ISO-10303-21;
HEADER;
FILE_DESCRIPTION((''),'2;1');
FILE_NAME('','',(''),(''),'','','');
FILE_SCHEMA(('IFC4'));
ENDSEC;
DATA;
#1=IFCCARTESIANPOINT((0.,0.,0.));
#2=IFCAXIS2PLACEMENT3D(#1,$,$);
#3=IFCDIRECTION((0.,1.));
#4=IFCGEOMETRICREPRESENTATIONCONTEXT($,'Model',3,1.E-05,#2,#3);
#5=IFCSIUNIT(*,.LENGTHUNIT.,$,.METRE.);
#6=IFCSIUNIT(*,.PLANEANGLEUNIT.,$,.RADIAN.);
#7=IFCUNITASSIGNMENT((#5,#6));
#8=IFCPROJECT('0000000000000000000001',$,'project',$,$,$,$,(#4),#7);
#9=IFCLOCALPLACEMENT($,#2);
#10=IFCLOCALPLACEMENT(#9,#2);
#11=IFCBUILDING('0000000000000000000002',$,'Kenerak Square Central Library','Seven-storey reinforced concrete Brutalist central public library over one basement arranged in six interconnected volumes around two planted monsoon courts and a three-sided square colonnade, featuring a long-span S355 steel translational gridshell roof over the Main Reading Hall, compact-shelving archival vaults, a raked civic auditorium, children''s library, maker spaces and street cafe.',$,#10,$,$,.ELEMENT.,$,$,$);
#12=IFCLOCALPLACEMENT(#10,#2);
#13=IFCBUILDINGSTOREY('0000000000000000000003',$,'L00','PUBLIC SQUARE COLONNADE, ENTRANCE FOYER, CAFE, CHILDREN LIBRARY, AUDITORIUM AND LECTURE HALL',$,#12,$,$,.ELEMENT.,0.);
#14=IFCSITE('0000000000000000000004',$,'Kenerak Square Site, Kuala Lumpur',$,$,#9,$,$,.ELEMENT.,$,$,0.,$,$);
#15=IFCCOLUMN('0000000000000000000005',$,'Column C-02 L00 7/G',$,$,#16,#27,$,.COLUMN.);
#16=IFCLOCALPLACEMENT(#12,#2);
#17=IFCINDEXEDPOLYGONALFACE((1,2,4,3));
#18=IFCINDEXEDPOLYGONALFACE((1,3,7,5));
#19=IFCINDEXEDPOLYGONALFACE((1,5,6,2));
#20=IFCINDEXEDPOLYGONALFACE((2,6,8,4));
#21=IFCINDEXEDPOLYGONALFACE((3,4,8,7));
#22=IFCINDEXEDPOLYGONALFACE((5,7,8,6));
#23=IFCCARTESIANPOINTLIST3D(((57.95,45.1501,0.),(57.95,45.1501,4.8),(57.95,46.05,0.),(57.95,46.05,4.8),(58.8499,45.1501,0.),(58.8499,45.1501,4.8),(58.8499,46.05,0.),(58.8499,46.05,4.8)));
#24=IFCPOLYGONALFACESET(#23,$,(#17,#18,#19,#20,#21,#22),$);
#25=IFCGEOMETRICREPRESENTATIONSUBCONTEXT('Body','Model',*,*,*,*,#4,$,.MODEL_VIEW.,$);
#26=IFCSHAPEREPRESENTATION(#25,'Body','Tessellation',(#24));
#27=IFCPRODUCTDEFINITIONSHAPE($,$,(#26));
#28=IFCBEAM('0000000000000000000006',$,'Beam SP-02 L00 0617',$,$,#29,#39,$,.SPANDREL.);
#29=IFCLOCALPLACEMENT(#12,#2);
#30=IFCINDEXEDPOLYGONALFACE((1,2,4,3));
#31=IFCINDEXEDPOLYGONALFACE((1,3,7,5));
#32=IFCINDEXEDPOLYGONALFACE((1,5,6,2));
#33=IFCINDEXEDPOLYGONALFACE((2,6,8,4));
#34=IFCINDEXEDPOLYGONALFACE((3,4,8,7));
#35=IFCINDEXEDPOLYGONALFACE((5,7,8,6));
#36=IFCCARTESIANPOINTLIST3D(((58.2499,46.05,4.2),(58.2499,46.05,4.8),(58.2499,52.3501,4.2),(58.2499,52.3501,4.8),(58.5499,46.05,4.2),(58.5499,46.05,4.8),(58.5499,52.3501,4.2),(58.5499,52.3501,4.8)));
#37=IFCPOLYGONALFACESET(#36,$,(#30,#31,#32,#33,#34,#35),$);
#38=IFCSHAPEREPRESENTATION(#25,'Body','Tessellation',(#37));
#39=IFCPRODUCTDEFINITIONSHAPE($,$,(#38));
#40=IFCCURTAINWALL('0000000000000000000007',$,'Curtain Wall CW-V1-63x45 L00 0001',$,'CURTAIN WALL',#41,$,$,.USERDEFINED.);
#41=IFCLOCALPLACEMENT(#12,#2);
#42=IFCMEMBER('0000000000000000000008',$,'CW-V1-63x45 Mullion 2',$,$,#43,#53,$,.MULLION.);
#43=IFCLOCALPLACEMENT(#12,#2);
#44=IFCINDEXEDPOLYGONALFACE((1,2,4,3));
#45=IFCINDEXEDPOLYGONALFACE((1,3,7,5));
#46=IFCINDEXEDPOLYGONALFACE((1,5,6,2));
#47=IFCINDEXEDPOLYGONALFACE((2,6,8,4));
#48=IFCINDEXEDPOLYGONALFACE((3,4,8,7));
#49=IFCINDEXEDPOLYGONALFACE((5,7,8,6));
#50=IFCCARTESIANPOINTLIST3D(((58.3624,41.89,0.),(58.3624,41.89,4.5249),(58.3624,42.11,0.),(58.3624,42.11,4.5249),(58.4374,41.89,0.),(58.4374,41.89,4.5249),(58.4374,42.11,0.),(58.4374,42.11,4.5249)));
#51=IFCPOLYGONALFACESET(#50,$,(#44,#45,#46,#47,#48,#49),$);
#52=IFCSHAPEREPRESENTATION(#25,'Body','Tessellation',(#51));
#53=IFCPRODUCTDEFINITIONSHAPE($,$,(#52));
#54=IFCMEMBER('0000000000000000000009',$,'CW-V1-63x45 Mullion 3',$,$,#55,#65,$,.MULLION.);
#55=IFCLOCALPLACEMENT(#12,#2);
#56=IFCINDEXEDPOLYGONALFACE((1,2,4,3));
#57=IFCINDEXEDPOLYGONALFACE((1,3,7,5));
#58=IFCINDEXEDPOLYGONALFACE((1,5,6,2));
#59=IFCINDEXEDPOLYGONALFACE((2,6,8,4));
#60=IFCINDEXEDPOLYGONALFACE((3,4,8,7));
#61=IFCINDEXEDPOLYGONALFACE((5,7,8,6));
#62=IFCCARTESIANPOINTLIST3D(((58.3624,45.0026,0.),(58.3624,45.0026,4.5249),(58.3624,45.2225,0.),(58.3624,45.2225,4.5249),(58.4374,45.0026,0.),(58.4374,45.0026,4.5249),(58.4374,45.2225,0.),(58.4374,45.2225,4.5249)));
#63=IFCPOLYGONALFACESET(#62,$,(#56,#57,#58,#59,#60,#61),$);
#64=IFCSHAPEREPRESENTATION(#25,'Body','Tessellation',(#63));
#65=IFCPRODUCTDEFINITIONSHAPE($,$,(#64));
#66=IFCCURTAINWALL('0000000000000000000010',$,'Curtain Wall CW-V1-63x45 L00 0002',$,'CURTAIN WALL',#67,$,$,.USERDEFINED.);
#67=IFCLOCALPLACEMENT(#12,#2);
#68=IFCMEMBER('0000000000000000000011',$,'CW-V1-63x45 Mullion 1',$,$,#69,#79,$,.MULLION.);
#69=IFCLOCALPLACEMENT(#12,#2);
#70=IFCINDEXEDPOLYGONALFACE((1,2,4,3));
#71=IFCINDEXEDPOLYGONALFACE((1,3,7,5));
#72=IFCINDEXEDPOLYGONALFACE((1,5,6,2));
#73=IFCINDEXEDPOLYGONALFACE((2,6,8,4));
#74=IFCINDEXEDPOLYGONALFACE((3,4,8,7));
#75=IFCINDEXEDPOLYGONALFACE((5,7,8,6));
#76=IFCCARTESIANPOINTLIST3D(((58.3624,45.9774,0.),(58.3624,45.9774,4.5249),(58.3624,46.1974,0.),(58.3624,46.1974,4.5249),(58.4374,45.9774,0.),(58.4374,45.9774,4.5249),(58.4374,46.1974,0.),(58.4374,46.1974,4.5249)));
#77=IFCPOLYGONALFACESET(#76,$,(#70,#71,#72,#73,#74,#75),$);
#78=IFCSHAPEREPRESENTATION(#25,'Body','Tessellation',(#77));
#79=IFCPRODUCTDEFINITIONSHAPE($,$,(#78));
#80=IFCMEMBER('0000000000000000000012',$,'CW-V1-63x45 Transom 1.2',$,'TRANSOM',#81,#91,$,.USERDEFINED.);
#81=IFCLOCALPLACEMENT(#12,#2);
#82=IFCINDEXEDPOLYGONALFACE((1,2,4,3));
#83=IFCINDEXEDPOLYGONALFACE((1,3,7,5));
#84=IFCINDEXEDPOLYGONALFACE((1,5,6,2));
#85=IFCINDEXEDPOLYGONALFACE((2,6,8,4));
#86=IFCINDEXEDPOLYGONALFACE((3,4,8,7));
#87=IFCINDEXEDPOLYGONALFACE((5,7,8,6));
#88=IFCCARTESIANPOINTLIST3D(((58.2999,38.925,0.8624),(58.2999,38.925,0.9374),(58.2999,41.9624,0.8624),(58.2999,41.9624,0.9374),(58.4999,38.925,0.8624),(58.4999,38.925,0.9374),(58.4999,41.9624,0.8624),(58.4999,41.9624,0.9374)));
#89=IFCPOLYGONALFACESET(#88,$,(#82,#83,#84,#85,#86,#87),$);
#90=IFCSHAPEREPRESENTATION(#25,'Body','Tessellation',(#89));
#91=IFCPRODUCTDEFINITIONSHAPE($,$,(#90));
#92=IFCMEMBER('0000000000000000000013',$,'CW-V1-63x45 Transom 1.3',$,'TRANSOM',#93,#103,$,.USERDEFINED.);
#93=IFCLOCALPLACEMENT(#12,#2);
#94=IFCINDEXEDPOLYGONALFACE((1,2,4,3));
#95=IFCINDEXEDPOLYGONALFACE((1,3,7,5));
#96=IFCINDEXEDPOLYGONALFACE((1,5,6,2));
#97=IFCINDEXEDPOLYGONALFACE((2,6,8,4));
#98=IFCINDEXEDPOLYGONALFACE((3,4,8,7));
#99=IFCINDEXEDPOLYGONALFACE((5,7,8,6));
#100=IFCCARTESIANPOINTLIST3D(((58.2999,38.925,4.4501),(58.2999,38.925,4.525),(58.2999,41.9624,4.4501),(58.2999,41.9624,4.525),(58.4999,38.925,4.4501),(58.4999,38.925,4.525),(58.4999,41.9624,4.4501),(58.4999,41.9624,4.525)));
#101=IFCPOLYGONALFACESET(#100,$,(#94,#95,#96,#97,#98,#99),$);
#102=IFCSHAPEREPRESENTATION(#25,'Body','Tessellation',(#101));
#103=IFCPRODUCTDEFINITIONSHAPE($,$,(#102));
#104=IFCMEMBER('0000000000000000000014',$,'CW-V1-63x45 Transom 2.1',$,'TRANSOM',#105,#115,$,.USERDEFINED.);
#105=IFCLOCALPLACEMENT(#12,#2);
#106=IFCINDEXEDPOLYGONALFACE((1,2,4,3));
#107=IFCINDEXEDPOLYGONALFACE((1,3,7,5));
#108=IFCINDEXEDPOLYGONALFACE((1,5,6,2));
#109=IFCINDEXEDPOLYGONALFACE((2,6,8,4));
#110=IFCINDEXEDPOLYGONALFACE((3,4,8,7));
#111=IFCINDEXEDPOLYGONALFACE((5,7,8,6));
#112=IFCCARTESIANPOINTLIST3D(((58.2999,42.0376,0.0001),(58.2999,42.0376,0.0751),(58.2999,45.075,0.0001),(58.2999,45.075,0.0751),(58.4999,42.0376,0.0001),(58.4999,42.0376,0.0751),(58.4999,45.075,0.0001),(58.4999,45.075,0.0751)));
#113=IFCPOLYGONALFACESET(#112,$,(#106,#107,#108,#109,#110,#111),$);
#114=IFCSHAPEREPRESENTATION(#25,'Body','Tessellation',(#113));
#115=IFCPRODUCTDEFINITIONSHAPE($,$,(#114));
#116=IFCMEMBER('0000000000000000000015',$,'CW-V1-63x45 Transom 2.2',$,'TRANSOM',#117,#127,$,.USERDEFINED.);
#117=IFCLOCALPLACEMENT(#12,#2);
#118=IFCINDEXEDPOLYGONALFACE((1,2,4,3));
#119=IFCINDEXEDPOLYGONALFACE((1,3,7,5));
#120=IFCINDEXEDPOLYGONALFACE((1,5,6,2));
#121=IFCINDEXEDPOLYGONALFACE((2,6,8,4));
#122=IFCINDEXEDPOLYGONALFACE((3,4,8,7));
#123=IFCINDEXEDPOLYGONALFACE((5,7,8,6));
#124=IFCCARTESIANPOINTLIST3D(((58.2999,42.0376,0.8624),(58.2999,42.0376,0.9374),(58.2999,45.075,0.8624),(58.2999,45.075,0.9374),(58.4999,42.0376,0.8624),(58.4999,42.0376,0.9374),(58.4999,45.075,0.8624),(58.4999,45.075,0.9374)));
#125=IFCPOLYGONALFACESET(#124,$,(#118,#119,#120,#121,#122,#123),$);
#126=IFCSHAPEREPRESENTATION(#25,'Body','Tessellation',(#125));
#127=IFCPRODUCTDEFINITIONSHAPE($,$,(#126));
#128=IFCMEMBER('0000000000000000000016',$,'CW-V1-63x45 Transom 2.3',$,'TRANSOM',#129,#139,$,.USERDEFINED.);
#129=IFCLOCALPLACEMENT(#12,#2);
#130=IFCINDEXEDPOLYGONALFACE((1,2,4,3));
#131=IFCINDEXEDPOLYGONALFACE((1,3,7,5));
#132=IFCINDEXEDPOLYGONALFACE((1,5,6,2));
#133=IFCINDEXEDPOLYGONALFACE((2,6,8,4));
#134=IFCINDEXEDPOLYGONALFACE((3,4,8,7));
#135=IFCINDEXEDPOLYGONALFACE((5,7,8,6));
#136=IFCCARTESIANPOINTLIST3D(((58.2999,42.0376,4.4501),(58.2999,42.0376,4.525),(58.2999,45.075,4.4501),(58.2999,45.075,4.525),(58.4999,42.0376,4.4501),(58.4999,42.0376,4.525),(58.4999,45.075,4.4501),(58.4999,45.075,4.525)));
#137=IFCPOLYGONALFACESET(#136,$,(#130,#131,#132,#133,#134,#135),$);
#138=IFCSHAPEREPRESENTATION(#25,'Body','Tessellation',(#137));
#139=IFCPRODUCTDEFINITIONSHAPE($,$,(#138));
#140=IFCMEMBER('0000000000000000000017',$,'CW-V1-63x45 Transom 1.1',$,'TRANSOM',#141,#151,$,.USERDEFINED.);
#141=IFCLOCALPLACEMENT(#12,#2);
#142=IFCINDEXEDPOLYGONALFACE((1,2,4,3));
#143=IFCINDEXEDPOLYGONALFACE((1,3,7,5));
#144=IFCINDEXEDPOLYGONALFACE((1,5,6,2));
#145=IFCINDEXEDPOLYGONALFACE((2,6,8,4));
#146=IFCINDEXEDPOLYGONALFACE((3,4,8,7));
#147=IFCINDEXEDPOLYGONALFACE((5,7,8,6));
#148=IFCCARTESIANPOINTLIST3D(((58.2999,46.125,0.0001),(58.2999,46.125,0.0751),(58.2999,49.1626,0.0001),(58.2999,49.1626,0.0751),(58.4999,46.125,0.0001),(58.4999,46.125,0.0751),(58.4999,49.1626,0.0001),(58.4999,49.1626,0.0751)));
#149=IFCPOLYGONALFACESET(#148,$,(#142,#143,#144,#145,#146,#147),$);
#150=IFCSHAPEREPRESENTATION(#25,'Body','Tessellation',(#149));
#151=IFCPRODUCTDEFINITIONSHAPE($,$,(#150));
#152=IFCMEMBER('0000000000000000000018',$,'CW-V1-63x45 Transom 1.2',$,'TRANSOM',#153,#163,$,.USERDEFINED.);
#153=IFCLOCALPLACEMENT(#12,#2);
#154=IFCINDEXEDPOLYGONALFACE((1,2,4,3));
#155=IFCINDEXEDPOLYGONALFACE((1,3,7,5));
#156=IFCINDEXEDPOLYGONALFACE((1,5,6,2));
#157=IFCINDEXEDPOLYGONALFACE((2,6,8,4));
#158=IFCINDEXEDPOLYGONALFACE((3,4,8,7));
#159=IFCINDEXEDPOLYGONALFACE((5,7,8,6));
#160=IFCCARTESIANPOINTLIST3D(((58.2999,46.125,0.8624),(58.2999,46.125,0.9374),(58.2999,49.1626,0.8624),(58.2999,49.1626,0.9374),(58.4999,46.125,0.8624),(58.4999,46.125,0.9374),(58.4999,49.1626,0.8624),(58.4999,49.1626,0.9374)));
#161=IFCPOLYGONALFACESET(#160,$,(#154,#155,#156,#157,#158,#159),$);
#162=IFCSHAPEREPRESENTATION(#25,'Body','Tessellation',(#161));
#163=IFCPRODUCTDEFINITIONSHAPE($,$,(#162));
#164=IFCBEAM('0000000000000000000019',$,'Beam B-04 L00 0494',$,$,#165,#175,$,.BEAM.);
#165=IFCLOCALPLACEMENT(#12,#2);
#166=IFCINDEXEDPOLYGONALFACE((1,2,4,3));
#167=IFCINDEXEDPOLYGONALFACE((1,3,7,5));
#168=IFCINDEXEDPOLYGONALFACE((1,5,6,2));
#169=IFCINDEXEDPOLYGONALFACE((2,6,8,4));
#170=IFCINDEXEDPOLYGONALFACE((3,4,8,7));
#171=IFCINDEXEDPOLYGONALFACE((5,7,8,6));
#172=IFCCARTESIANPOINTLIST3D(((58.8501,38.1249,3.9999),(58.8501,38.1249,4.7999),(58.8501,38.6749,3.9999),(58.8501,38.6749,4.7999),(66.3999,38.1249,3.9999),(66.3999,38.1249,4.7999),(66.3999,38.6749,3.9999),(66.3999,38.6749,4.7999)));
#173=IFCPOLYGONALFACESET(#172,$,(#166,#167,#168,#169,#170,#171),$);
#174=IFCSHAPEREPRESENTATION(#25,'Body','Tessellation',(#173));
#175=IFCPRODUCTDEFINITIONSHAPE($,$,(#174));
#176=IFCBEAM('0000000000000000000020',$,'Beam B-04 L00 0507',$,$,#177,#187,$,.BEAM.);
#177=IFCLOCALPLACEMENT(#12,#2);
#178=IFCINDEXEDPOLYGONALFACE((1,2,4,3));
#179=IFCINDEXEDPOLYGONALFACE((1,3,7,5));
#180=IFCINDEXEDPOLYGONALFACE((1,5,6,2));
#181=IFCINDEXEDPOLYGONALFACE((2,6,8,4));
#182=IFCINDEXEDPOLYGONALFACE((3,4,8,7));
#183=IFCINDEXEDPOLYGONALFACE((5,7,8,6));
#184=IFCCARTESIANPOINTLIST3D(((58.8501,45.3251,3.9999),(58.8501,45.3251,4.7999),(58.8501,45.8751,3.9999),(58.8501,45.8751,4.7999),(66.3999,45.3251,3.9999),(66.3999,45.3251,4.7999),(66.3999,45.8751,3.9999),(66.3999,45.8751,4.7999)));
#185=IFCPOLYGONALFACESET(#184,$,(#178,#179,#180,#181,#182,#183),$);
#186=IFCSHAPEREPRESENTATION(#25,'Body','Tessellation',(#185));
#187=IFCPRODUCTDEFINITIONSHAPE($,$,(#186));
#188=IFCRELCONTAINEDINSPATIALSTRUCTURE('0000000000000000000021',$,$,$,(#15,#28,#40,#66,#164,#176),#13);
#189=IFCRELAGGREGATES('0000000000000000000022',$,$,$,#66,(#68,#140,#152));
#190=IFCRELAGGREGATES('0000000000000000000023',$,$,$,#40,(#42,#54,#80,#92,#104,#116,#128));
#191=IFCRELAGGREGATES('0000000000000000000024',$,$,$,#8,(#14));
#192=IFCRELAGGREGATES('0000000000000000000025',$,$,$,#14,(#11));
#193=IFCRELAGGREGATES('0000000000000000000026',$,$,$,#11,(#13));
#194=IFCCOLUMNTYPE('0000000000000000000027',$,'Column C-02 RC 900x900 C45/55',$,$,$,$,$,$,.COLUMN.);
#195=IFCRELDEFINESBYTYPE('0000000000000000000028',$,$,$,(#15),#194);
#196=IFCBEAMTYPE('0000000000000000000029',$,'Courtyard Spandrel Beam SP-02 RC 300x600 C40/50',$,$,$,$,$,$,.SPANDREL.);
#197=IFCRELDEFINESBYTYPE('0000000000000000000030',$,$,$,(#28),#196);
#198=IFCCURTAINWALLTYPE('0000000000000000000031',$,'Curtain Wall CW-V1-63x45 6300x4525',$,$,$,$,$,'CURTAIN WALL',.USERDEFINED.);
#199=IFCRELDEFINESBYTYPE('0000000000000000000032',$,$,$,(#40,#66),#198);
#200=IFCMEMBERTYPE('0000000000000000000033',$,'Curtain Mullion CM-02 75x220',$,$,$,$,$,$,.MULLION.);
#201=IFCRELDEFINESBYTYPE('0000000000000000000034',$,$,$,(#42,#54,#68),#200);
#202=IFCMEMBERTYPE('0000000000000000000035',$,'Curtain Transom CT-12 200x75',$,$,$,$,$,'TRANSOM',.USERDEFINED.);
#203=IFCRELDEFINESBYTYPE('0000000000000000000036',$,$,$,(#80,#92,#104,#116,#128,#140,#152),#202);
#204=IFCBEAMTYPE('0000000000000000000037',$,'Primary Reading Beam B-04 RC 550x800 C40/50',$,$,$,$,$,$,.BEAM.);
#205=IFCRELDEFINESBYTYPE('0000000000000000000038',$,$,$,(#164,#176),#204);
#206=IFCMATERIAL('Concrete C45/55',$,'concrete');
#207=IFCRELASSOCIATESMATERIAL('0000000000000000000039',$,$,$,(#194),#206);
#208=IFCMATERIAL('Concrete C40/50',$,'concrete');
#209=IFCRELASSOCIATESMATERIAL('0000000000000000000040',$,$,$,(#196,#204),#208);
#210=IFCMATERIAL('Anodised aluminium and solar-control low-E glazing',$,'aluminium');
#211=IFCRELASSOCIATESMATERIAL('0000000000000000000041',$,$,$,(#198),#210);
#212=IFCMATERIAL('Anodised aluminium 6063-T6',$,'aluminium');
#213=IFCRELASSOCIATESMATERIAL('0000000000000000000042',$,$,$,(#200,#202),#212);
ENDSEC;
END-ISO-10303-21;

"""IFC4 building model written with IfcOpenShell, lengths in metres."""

from ifc_helpers import new_model, si_unit, direction, frame, origin, origin_2d, place, context, subcontext, project, spatial, rectangle, extrude, material, material_profile, profile_set, type_object, element, aggregate, save


model = new_model("IFC4")

# Units and contexts
model_context = context("Model", 3, precision=1e-05, world=origin(), true_north=direction((0.0, 1.0)))
body_context = subcontext(model_context, "Body", "Model", "MODEL_VIEW")
ifc_project = project(units=[si_unit("LENGTHUNIT", "METRE"), si_unit("PLANEANGLEUNIT", "RADIAN")], contexts=[model_context])

# Site, building, storey
site_placement = place(None, origin())
site = spatial("IfcSite", under=ifc_project, at=site_placement, Name="Kenerak Square Site, Kuala Lumpur", CompositionType="ELEMENT", RefElevation=0.0)
building_placement = place(site_placement, origin())
building = spatial("IfcBuilding", under=site, at=building_placement, Name="Kenerak Square Central Library", Description="Seven-storey reinforced concrete Brutalist central public library over one basement arranged in six interconnected volumes around two planted monsoon courts and a three-sided square colonnade, featuring a long-span S355 steel translational gridshell roof over the Main Reading Hall, compact-shelving archival vaults, a raked civic auditorium, children's library, maker spaces and street cafe.", CompositionType="ELEMENT")
storey_placement = place(building_placement, origin())
storey = spatial("IfcBuildingStorey", under=building, at=storey_placement, Name="L00", Description="PUBLIC SQUARE COLONNADE, ENTRANCE FOYER, CAFE, CHILDREN LIBRARY, AUDITORIUM AND LECTURE HALL", CompositionType="ELEMENT", Elevation=0.0)

# Column
ifc_material_1 = material(Name="Concrete C45/55", Category="concrete")
ifc_material_profile_1 = material_profile(ifc_material_1, rectangle(XDim=0.8999, YDim=0.8999, at=origin_2d()), Name="RC 900x900")
ifc_profile_set_1 = profile_set([ifc_material_profile_1], Name="Concrete C45/55")
column_type = type_object("IfcColumnType", Name="Column C-02 RC 900x900 C45/55", PredefinedType="COLUMN", material=ifc_profile_set_1)
column_placement = place(storey_placement, frame((58.3999, 45.6001, 0.0), z_axis=(0.0, 0.0, 1.0), x_axis=(1.0, 0.0, 0.0)))
element("IfcColumn", 1, at=column_placement, inside=storey, type_object=column_type, Name="Column C-02 L00 7/G", PredefinedType="COLUMN", context=body_context, shape_type="SweptSolid", body=[
    extrude(rectangle(XDim=0.8999, YDim=0.8999, at=origin_2d()), origin(), (0.0, 0.0, 1.0), 4.8),
])

# Beam
ifc_material_2 = material(Name="Concrete C40/50", Category="concrete")
ifc_material_profile_2 = material_profile(ifc_material_2, rectangle(XDim=0.3, YDim=0.6001, at=origin_2d()), Name="RC 300x600")
ifc_profile_set_2 = profile_set([ifc_material_profile_2], Name="Concrete C40/50")
beam_type_1 = type_object("IfcBeamType", Name="Courtyard Spandrel Beam SP-02 RC 300x600 C40/50", PredefinedType="SPANDREL", material=ifc_profile_set_2)
beam_1_placement = place(storey_placement, frame((58.3999, 46.05, 4.5), z_axis=(0.0, 1.0, 0.0), x_axis=(-1.0, 0.0, 0.0)))
element("IfcBeam", 2, at=beam_1_placement, inside=storey, type_object=beam_type_1, Name="Beam SP-02 L00 0617", PredefinedType="SPANDREL", context=body_context, shape_type="SweptSolid", body=[
    extrude(rectangle(XDim=0.3, YDim=0.6001, at=origin_2d()), origin(), (0.0, 0.0, 1.0), 6.3),
])

# Curtain wall, members
ifc_material_3 = material(Name="Anodised aluminium and solar-control low-E glazing", Category="aluminium")
curtain_wall_type = type_object("IfcCurtainWallType", Name="Curtain Wall CW-V1-63x45 6300x4525", ElementType="CURTAIN WALL", PredefinedType="USERDEFINED", material=ifc_material_3)
curtain_wall_1_placement = place(storey_placement, origin())
curtain_wall_1 = element("IfcCurtainWall", 3, at=curtain_wall_1_placement, inside=storey, type_object=curtain_wall_type, Name="Curtain Wall CW-V1-63x45 L00 0001", ObjectType="CURTAIN WALL", PredefinedType="USERDEFINED")
ifc_material_4 = material(Name="Anodised aluminium 6063-T6", Category="aluminium")
ifc_material_profile_3 = material_profile(ifc_material_4, rectangle(XDim=0.075, YDim=0.22, at=origin_2d()), Name="AL MULLION 75x220")
ifc_profile_set_3 = profile_set([ifc_material_profile_3], Name="Anodised aluminium 6063-T6")
member_type_1 = type_object("IfcMemberType", Name="Curtain Mullion CM-02 75x220", PredefinedType="MULLION", material=ifc_profile_set_3)
member_1_placement = place(storey_placement, frame((58.3999, 42.0, 0.0), z_axis=(0.0, 0.0, 1.0), x_axis=(-1.0, 0.0, 0.0)))
member_1 = element("IfcMember", 4, at=member_1_placement, type_object=member_type_1, Name="CW-V1-63x45 Mullion 2", PredefinedType="MULLION", context=body_context, shape_type="SweptSolid", body=[
    extrude(rectangle(XDim=0.075, YDim=0.22, at=origin_2d()), origin(), (0.0, 0.0, 1.0), 4.5249),
])
member_2_placement = place(storey_placement, frame((58.3999, 45.1125, 0.0), z_axis=(0.0, 0.0, 1.0), x_axis=(-1.0, 0.0, 0.0)))
member_2 = element("IfcMember", 5, at=member_2_placement, type_object=member_type_1, Name="CW-V1-63x45 Mullion 3", PredefinedType="MULLION", context=body_context, shape_type="SweptSolid", body=[
    extrude(rectangle(XDim=0.075, YDim=0.22, at=origin_2d()), origin(), (0.0, 0.0, 1.0), 4.5249),
])

# Curtain wall, member
curtain_wall_2_placement = place(storey_placement, origin())
curtain_wall_2 = element("IfcCurtainWall", 6, at=curtain_wall_2_placement, inside=storey, type_object=curtain_wall_type, Name="Curtain Wall CW-V1-63x45 L00 0002", ObjectType="CURTAIN WALL", PredefinedType="USERDEFINED")
member_3_placement = place(storey_placement, frame((58.3999, 46.0874, 0.0), z_axis=(0.0, 0.0, 1.0), x_axis=(-1.0, 0.0, 0.0)))
member_3 = element("IfcMember", 7, at=member_3_placement, type_object=member_type_1, Name="CW-V1-63x45 Mullion 1", PredefinedType="MULLION", context=body_context, shape_type="SweptSolid", body=[
    extrude(rectangle(XDim=0.075, YDim=0.22, at=origin_2d()), origin(), (0.0, 0.0, 1.0), 4.5249),
])

# Members
ifc_material_profile_4 = material_profile(ifc_material_4, rectangle(XDim=0.2, YDim=0.075, at=origin_2d()), Name="AL TRANSOM 200x75")
ifc_profile_set_4 = profile_set([ifc_material_profile_4], Name="Anodised aluminium 6063-T6")
member_type_2 = type_object("IfcMemberType", Name="Curtain Transom CT-12 200x75", ElementType="TRANSOM", PredefinedType="USERDEFINED", material=ifc_profile_set_4)
member_4_placement = place(storey_placement, frame((58.3999, 38.925, 0.8999), z_axis=(0.0, 1.0, 0.0), x_axis=(-1.0, 0.0, 0.0)))
member_4 = element("IfcMember", 8, at=member_4_placement, type_object=member_type_2, Name="CW-V1-63x45 Transom 1.2", ObjectType="TRANSOM", PredefinedType="USERDEFINED", context=body_context, shape_type="SweptSolid", body=[
    extrude(rectangle(XDim=0.2, YDim=0.075, at=origin_2d()), origin(), (0.0, 0.0, 1.0), 3.0374),
])
member_5_placement = place(storey_placement, frame((58.3999, 38.925, 4.4875), z_axis=(0.0, 1.0, 0.0), x_axis=(-1.0, 0.0, 0.0)))
member_5 = element("IfcMember", 9, at=member_5_placement, type_object=member_type_2, Name="CW-V1-63x45 Transom 1.3", ObjectType="TRANSOM", PredefinedType="USERDEFINED", context=body_context, shape_type="SweptSolid", body=[
    extrude(rectangle(XDim=0.2, YDim=0.075, at=origin_2d()), origin(), (0.0, 0.0, 1.0), 3.0374),
])
member_6_placement = place(storey_placement, frame((58.3999, 42.0376, 0.0376), z_axis=(0.0, 1.0, 0.0), x_axis=(-1.0, 0.0, 0.0)))
member_6 = element("IfcMember", 10, at=member_6_placement, type_object=member_type_2, Name="CW-V1-63x45 Transom 2.1", ObjectType="TRANSOM", PredefinedType="USERDEFINED", context=body_context, shape_type="SweptSolid", body=[
    extrude(rectangle(XDim=0.2, YDim=0.075, at=origin_2d()), origin(), (0.0, 0.0, 1.0), 3.0374),
])
member_7_placement = place(storey_placement, frame((58.3999, 42.0376, 0.8999), z_axis=(0.0, 1.0, 0.0), x_axis=(-1.0, 0.0, 0.0)))
member_7 = element("IfcMember", 11, at=member_7_placement, type_object=member_type_2, Name="CW-V1-63x45 Transom 2.2", ObjectType="TRANSOM", PredefinedType="USERDEFINED", context=body_context, shape_type="SweptSolid", body=[
    extrude(rectangle(XDim=0.2, YDim=0.075, at=origin_2d()), origin(), (0.0, 0.0, 1.0), 3.0374),
])
member_8_placement = place(storey_placement, frame((58.3999, 42.0376, 4.4875), z_axis=(0.0, 1.0, 0.0), x_axis=(-1.0, 0.0, 0.0)))
member_8 = element("IfcMember", 12, at=member_8_placement, type_object=member_type_2, Name="CW-V1-63x45 Transom 2.3", ObjectType="TRANSOM", PredefinedType="USERDEFINED", context=body_context, shape_type="SweptSolid", body=[
    extrude(rectangle(XDim=0.2, YDim=0.075, at=origin_2d()), origin(), (0.0, 0.0, 1.0), 3.0374),
])
member_9_placement = place(storey_placement, frame((58.3999, 46.125, 0.0376), z_axis=(0.0, 1.0, 0.0), x_axis=(-1.0, 0.0, 0.0)))
member_9 = element("IfcMember", 13, at=member_9_placement, type_object=member_type_2, Name="CW-V1-63x45 Transom 1.1", ObjectType="TRANSOM", PredefinedType="USERDEFINED", context=body_context, shape_type="SweptSolid", body=[
    extrude(rectangle(XDim=0.2, YDim=0.075, at=origin_2d()), origin(), (0.0, 0.0, 1.0), 3.0376),
])
member_10_placement = place(storey_placement, frame((58.3999, 46.125, 0.8999), z_axis=(0.0, 1.0, 0.0), x_axis=(-1.0, 0.0, 0.0)))
member_10 = element("IfcMember", 14, at=member_10_placement, type_object=member_type_2, Name="CW-V1-63x45 Transom 1.2", ObjectType="TRANSOM", PredefinedType="USERDEFINED", context=body_context, shape_type="SweptSolid", body=[
    extrude(rectangle(XDim=0.2, YDim=0.075, at=origin_2d()), origin(), (0.0, 0.0, 1.0), 3.0376),
])
aggregate(curtain_wall_2, [member_3, member_9, member_10])

# Beams
ifc_material_profile_5 = material_profile(ifc_material_2, rectangle(XDim=0.55, YDim=0.8, at=origin_2d()), Name="RC 550x800")
ifc_profile_set_5 = profile_set([ifc_material_profile_5], Name="Concrete C40/50")
beam_type_2 = type_object("IfcBeamType", Name="Primary Reading Beam B-04 RC 550x800 C40/50", PredefinedType="BEAM", material=ifc_profile_set_5)
for number, where, z_axis, x_axis, name in (
    (15, (58.8501, 38.3999, 4.3999), (1.0, 0.0, 0.0), (0.0, 1.0, 0.0), "Beam B-04 L00 0494"),
    (16, (58.8501, 45.6001, 4.3999), (1.0, 0.0, 0.0), (0.0, 1.0, 0.0), "Beam B-04 L00 0507"),
):
    element("IfcBeam", number, at=place(storey_placement, frame(where, z_axis=z_axis, x_axis=x_axis)), inside=storey, type_object=beam_type_2, Name=name, PredefinedType="BEAM", context=body_context, shape_type="SweptSolid", body=[
        extrude(rectangle(XDim=0.55, YDim=0.8, at=origin_2d()), origin(), (0.0, 0.0, 1.0), 7.5498),
    ])

aggregate(curtain_wall_1, [member_1, member_2, member_4, member_5, member_6, member_7, member_8])

save(model, "model.ifc")
